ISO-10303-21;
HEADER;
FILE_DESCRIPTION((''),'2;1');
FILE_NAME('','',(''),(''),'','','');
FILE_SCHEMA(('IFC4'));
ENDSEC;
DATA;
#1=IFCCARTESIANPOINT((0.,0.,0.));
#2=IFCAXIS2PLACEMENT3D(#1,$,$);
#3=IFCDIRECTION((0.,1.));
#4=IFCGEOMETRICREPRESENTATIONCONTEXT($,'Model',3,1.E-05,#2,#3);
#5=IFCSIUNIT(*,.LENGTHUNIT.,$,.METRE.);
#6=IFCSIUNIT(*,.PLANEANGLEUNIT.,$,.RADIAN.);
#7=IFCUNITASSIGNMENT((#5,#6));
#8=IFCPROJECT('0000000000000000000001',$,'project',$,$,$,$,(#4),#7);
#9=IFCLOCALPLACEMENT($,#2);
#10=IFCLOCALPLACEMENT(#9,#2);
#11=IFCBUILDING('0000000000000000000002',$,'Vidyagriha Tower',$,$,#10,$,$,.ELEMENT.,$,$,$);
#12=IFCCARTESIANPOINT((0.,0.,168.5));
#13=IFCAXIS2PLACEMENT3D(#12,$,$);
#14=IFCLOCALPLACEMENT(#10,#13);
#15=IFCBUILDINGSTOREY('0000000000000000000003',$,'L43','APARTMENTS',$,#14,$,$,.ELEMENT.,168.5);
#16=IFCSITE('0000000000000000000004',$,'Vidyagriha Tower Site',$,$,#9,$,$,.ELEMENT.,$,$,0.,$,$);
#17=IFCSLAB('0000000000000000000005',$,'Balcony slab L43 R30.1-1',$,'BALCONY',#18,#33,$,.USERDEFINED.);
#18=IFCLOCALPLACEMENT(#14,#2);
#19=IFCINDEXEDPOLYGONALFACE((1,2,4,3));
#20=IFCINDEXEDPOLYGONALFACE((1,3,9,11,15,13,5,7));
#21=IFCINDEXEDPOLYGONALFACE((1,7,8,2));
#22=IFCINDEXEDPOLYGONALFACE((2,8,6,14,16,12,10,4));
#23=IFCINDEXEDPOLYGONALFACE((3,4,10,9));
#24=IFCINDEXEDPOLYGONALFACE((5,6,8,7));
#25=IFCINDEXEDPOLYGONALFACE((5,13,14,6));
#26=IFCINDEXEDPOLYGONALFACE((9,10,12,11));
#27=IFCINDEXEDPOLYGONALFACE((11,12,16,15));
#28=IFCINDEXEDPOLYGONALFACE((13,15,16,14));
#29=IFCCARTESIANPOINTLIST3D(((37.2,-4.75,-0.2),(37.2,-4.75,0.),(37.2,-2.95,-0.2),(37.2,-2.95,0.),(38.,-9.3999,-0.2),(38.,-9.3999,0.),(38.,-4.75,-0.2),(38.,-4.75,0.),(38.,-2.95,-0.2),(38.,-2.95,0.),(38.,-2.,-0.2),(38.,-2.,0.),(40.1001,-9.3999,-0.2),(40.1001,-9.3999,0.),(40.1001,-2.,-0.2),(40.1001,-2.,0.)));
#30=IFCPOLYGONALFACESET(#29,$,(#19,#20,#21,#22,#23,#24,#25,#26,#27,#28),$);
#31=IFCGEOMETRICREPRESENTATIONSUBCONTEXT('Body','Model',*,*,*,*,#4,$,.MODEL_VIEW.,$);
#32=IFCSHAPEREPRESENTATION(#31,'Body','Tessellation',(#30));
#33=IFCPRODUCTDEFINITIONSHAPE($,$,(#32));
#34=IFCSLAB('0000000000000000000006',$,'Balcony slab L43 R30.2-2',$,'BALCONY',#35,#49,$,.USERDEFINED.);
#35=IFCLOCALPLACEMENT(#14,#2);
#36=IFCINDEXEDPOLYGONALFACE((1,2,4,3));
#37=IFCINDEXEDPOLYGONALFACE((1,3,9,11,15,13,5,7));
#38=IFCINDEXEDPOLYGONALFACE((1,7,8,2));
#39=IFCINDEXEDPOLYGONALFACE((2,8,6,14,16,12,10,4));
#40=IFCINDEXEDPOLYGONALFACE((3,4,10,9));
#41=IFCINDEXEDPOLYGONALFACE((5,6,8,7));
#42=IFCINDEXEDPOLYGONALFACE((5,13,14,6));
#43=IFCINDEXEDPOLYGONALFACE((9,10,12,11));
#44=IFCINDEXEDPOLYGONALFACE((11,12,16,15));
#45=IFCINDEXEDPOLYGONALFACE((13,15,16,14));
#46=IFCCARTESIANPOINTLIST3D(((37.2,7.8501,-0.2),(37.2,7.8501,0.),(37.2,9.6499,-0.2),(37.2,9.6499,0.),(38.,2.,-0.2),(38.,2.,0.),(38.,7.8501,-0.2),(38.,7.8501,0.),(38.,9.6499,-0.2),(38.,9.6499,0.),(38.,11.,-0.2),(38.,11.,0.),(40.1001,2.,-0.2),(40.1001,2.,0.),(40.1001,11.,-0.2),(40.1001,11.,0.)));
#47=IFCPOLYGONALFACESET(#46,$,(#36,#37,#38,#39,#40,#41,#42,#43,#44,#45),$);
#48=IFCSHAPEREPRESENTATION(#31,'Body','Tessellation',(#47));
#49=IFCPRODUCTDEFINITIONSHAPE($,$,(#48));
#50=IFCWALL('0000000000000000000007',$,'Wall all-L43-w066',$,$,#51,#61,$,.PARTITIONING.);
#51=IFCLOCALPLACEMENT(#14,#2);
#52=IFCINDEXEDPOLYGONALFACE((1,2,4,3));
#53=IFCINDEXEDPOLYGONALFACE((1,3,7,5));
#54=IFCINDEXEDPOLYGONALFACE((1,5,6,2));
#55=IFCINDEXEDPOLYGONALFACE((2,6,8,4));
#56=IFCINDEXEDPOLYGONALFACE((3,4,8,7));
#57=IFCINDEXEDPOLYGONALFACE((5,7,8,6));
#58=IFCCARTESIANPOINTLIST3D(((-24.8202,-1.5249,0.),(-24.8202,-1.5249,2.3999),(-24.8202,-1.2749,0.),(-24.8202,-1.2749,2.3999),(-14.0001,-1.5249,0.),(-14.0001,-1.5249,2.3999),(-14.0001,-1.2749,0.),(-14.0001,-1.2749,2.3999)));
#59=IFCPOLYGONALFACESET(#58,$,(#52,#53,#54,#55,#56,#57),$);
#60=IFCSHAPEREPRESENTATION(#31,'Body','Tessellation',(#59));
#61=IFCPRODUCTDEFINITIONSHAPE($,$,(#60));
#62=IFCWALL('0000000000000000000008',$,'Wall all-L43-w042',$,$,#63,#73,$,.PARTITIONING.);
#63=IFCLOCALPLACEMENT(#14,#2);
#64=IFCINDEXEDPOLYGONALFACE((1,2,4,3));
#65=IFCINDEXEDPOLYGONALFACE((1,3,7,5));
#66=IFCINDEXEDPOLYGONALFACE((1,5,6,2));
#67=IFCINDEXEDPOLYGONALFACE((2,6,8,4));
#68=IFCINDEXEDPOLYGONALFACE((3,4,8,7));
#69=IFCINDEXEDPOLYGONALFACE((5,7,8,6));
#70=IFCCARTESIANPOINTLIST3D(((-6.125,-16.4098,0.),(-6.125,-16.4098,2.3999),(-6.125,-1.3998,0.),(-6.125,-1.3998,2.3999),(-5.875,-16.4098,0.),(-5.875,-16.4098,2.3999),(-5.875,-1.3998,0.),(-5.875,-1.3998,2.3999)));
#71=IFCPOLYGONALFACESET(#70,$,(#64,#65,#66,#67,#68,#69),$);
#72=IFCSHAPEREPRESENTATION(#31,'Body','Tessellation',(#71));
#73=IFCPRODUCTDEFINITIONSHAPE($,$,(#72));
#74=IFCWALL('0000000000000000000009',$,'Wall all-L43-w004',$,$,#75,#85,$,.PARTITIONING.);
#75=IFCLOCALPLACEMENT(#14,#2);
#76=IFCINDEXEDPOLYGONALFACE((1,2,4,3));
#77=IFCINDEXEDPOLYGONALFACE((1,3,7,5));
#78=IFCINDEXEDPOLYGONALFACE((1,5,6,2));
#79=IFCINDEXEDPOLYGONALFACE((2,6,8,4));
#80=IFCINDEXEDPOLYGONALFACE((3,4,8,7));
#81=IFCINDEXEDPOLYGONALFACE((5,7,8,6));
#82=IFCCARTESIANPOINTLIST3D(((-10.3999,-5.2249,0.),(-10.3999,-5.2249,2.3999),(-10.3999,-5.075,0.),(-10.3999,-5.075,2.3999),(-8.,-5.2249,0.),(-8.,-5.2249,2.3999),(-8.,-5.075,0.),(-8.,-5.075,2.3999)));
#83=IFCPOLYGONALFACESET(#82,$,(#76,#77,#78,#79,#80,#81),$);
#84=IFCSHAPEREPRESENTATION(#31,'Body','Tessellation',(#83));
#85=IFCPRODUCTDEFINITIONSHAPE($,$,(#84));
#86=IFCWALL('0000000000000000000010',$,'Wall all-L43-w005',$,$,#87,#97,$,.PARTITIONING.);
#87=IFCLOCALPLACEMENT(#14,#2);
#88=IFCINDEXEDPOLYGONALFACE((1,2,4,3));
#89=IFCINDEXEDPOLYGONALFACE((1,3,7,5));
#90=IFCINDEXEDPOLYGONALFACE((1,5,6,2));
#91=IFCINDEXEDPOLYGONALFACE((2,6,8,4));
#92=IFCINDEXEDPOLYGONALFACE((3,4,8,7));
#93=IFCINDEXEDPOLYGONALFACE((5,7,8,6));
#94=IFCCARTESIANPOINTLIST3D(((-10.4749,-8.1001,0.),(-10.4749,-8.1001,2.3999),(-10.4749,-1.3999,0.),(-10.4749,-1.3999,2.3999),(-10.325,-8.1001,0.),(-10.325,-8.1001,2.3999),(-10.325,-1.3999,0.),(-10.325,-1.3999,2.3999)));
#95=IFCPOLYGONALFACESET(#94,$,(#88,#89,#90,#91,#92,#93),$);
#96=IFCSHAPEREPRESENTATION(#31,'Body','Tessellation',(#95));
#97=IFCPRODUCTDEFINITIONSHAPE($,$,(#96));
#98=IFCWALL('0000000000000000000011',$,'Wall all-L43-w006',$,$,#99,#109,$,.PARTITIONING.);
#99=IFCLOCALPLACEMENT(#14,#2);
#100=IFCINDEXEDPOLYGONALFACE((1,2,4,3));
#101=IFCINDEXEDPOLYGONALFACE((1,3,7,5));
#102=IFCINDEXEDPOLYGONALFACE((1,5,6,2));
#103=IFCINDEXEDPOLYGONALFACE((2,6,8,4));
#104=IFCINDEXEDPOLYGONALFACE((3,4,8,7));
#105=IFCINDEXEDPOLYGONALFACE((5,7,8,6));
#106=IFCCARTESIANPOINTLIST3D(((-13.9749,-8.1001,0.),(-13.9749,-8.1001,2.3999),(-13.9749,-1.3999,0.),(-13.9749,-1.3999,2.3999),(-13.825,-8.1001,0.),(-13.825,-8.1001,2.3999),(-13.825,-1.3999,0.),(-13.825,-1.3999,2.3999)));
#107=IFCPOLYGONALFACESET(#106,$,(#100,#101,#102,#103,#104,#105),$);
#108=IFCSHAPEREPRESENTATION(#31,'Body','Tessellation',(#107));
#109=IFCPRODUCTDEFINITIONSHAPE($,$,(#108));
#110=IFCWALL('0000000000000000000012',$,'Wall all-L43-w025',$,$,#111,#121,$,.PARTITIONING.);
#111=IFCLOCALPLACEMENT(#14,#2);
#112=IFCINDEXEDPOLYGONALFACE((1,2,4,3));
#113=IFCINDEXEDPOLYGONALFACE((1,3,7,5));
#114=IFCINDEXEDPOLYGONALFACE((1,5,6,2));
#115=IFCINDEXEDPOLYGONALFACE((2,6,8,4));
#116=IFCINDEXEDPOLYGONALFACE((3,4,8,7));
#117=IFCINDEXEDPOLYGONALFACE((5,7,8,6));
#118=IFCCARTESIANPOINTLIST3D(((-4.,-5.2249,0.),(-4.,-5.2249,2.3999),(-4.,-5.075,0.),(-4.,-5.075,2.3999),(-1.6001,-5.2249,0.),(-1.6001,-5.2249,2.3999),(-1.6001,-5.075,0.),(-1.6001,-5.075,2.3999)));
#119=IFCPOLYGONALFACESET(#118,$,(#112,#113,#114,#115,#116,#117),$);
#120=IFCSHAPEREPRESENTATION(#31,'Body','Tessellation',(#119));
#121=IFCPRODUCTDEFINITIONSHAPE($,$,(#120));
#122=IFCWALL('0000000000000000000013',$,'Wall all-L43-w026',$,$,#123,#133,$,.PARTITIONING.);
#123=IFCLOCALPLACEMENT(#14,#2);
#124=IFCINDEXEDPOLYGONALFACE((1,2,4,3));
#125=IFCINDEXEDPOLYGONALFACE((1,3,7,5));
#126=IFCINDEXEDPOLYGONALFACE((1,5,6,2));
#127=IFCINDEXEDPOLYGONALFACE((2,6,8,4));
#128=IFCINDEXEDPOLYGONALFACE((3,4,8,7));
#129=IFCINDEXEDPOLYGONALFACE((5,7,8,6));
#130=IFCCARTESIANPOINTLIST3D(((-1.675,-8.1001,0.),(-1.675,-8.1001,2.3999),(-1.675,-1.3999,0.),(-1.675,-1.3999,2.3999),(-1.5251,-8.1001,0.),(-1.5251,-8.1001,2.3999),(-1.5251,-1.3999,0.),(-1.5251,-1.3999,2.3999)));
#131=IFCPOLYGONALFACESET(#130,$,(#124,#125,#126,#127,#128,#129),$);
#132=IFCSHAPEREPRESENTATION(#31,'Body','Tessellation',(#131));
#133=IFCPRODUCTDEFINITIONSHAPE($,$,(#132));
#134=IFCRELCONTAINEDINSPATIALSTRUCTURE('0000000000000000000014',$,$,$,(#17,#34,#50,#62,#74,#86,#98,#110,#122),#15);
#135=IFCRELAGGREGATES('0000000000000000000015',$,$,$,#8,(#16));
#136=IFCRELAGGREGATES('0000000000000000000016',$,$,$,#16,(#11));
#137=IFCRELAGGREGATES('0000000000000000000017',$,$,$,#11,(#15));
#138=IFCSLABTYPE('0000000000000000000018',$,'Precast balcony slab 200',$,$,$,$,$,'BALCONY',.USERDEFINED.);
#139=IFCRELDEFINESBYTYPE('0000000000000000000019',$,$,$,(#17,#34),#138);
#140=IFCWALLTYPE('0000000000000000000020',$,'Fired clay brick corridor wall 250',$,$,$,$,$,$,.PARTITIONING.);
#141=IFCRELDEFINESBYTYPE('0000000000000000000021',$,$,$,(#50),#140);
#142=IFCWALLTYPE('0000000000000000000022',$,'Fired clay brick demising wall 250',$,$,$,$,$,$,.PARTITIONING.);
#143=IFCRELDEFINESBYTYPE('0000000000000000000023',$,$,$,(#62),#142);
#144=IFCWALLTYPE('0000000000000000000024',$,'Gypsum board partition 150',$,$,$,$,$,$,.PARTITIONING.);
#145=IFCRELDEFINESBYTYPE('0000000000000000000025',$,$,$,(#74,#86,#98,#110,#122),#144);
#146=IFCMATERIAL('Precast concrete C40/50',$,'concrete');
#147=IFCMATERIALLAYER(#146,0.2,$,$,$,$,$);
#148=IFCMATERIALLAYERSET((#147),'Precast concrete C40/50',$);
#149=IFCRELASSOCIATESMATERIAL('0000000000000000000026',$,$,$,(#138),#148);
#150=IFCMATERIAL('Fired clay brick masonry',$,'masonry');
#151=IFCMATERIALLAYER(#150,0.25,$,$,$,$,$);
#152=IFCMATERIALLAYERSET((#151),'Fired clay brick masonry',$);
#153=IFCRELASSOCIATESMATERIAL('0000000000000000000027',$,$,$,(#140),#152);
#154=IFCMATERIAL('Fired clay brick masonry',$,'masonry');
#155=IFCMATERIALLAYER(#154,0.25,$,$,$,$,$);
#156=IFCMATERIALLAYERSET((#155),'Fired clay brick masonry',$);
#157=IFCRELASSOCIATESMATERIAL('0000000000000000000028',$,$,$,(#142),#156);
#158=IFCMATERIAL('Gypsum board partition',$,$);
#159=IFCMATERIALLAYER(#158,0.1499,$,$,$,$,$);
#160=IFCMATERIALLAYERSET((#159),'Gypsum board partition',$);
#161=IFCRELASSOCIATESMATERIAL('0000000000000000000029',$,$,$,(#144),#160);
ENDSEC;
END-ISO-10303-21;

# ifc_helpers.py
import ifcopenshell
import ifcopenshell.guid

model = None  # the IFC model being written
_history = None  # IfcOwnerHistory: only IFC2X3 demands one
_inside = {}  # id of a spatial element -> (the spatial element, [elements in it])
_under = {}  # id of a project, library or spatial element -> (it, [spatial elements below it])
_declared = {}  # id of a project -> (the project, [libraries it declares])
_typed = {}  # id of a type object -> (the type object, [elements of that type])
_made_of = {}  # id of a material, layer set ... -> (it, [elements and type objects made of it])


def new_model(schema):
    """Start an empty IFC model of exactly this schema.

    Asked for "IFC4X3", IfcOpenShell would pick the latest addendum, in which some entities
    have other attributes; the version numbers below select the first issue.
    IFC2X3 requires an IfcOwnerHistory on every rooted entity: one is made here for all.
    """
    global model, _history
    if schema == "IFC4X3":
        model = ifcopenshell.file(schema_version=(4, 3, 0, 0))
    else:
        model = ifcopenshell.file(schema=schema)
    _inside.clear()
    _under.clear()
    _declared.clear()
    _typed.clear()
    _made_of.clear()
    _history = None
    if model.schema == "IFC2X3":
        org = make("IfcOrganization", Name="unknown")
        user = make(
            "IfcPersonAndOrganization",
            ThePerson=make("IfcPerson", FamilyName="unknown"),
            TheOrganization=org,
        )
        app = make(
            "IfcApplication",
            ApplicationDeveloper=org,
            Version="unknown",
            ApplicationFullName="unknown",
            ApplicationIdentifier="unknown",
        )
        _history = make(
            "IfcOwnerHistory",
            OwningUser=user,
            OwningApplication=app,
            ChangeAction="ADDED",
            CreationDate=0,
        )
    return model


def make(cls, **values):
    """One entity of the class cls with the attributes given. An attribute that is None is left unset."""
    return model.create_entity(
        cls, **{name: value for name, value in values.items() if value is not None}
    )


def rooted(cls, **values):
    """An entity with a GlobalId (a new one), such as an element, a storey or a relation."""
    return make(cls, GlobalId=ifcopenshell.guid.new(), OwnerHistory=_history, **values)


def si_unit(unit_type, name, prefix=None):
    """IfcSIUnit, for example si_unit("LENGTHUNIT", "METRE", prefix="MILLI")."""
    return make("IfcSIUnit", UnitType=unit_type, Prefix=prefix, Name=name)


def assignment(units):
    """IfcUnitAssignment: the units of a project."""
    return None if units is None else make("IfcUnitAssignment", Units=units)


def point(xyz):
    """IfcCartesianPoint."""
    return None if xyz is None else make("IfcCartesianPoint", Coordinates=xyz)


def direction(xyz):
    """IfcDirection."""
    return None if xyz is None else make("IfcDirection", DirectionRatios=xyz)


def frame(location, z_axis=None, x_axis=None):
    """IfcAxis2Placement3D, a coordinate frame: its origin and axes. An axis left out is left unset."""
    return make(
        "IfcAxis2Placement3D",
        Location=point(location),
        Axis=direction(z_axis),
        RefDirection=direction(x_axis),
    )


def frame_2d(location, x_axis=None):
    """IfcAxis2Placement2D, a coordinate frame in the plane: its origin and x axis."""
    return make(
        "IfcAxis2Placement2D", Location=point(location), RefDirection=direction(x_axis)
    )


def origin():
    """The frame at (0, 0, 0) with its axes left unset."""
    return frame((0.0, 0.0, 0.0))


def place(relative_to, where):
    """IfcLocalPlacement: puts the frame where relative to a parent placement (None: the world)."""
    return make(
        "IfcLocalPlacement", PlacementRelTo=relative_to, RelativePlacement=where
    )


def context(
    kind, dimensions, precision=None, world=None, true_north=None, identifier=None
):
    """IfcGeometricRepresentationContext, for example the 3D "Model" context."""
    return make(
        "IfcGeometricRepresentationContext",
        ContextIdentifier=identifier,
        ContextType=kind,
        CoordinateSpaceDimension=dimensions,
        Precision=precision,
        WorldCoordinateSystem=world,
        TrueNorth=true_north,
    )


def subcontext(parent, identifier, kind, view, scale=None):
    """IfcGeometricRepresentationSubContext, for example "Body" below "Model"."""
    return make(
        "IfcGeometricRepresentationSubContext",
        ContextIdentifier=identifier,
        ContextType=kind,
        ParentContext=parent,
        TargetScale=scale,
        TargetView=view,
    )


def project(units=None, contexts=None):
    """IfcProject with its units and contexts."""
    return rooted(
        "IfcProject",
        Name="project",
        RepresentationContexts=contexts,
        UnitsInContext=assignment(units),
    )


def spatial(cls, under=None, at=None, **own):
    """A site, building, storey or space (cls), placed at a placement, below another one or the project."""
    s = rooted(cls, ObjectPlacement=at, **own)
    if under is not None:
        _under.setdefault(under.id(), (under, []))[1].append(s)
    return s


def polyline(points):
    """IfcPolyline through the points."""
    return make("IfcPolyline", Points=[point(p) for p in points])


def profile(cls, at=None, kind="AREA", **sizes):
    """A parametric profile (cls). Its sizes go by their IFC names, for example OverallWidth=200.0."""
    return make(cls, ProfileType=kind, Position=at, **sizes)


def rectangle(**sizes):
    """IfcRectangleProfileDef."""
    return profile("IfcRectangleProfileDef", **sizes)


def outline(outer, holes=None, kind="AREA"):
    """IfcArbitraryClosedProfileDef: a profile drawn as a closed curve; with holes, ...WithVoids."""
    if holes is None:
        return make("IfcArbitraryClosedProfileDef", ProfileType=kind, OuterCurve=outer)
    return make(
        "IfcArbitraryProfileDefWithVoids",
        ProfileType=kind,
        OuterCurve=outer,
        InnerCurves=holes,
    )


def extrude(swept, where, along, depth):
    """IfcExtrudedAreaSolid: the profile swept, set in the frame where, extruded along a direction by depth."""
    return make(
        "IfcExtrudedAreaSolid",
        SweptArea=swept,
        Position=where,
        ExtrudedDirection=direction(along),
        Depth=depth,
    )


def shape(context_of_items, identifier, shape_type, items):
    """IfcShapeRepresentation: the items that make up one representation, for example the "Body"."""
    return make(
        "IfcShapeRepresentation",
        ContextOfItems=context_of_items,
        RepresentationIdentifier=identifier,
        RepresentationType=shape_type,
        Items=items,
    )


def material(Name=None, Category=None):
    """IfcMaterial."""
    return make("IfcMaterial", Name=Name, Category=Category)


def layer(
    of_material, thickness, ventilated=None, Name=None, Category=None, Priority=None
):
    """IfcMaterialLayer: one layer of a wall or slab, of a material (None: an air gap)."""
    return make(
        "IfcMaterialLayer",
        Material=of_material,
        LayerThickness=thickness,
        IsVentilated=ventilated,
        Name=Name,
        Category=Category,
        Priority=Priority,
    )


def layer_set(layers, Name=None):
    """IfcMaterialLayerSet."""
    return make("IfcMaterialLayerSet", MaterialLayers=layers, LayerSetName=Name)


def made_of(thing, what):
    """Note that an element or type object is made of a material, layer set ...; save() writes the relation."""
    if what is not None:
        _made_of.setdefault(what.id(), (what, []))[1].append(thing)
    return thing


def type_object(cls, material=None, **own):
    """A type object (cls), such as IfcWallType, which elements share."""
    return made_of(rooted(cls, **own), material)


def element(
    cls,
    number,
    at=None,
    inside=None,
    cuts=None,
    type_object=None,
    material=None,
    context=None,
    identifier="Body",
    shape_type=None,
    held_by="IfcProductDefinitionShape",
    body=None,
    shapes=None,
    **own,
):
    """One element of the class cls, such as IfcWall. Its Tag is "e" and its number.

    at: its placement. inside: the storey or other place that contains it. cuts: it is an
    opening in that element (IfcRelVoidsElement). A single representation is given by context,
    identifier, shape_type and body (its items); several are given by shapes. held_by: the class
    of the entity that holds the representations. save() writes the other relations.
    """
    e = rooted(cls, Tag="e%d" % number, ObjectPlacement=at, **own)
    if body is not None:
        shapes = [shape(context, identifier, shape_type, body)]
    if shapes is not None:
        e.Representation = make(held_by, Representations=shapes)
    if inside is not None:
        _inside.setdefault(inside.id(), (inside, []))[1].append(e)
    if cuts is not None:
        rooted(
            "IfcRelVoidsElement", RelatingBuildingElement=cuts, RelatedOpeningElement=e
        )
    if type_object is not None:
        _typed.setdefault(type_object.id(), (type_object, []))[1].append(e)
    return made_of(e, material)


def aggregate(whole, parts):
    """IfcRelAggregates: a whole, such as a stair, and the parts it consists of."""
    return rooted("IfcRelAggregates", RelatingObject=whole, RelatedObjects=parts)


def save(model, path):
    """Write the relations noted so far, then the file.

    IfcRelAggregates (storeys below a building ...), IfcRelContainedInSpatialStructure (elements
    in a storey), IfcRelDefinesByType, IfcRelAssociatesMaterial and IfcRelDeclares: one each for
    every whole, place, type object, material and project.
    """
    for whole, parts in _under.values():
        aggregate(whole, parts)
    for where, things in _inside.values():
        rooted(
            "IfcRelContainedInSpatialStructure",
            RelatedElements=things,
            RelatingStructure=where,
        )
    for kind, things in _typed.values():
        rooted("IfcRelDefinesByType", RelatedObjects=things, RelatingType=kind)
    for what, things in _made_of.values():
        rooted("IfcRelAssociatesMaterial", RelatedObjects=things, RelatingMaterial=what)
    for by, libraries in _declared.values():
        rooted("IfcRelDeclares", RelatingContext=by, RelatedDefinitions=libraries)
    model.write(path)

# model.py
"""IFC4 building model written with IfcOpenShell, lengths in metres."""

from ifc_helpers import new_model, si_unit, direction, frame, frame_2d, origin, place, context, subcontext, project, spatial, polyline, rectangle, outline, extrude, material, layer, layer_set, type_object, element, save


model = new_model("IFC4")

# Units and contexts
model_context = context("Model", 3, precision=1e-05, world=origin(), true_north=direction((0.0, 1.0)))
body_context = subcontext(model_context, "Body", "Model", "MODEL_VIEW")
ifc_project = project(units=[si_unit("LENGTHUNIT", "METRE"), si_unit("PLANEANGLEUNIT", "RADIAN")], contexts=[model_context])

# Site, building, storey
site_placement = place(None, origin())
site = spatial("IfcSite", under=ifc_project, at=site_placement, Name="Vidyagriha Tower Site", CompositionType="ELEMENT", RefElevation=0.0)
building_placement = place(site_placement, origin())
building = spatial("IfcBuilding", under=site, at=building_placement, Name="Vidyagriha Tower", CompositionType="ELEMENT")
storey_placement = place(building_placement, frame((0.0, 0.0, 168.5)))
storey = spatial("IfcBuildingStorey", under=building, at=storey_placement, Name="L43", Description="APARTMENTS", CompositionType="ELEMENT", Elevation=168.5)

# Slabs
ifc_material_1 = material(Name="Precast concrete C40/50", Category="concrete")
ifc_layer_1 = layer(ifc_material_1, 0.2)
ifc_layer_set_1 = layer_set([ifc_layer_1], Name="Precast concrete C40/50")
slab_type_1 = type_object("IfcSlabType", Name="Precast balcony slab 200", ElementType="BALCONY", PredefinedType="USERDEFINED", material=ifc_layer_set_1)
slab_1_placement = place(storey_placement, frame((0.0, 0.0, -0.2)))
element("IfcSlab", 1, at=slab_1_placement, inside=storey, type_object=slab_type_1, Name="Balcony slab L43 R30.1-1", ObjectType="BALCONY", PredefinedType="USERDEFINED", context=body_context, shape_type="SweptSolid", body=[
    extrude(outline(polyline([(38.0, -4.75), (38.0, -9.3999), (40.1001, -9.3999), (40.1001, -2.0), (38.0, -2.0), (38.0, -2.95), (37.2, -2.95), (37.2, -4.75), (38.0, -4.75)])), origin(), (0.0, 0.0, 1.0), 0.2),
])
slab_2_placement = place(storey_placement, frame((0.0, 0.0, -0.2)))
element("IfcSlab", 2, at=slab_2_placement, inside=storey, type_object=slab_type_1, Name="Balcony slab L43 R30.2-2", ObjectType="BALCONY", PredefinedType="USERDEFINED", context=body_context, shape_type="SweptSolid", body=[
    extrude(outline(polyline([(38.0, 7.8501), (38.0, 2.0), (40.1001, 2.0), (40.1001, 11.0), (38.0, 11.0), (38.0, 9.6499), (37.2, 9.6499), (37.2, 7.8501), (38.0, 7.8501)])), origin(), (0.0, 0.0, 1.0), 0.2),
])

# Walls
ifc_material_2 = material(Name="Fired clay brick masonry", Category="masonry")
ifc_layer_2 = layer(ifc_material_2, 0.25)
ifc_layer_set_2 = layer_set([ifc_layer_2], Name="Fired clay brick masonry")
wall_type_1 = type_object("IfcWallType", Name="Fired clay brick corridor wall 250", PredefinedType="PARTITIONING", material=ifc_layer_set_2)
wall_1_placement = place(storey_placement, frame((-14.0, -1.3999, 0.0), z_axis=(0.0, 0.0, 1.0), x_axis=(-1.0, 0.0, 0.0)))
element("IfcWall", 3, at=wall_1_placement, inside=storey, type_object=wall_type_1, Name="Wall all-L43-w066", PredefinedType="PARTITIONING", context=body_context, shape_type="SweptSolid", body=[
    extrude(rectangle(XDim=10.8201, YDim=0.25, at=frame_2d((5.4102, 0.0))), origin(), (0.0, 0.0, 1.0), 2.3999),
])
ifc_material_3 = material(Name="Fired clay brick masonry", Category="masonry")
ifc_layer_3 = layer(ifc_material_3, 0.25)
ifc_layer_set_3 = layer_set([ifc_layer_3], Name="Fired clay brick masonry")
wall_type_2 = type_object("IfcWallType", Name="Fired clay brick demising wall 250", PredefinedType="PARTITIONING", material=ifc_layer_set_3)
wall_2_placement = place(storey_placement, frame((-6.0, -1.3999, 0.0), z_axis=(0.0, 0.0, 1.0), x_axis=(0.0, -1.0, 0.0)))
element("IfcWall", 4, at=wall_2_placement, inside=storey, type_object=wall_type_2, Name="Wall all-L43-w042", PredefinedType="PARTITIONING", context=body_context, shape_type="SweptSolid", body=[
    extrude(rectangle(XDim=15.01, YDim=0.25, at=frame_2d((7.5049, 0.0))), origin(), (0.0, 0.0, 1.0), 2.3999),
])
ifc_material_4 = material(Name="Gypsum board partition")
ifc_layer_4 = layer(ifc_material_4, 0.1499)
ifc_layer_set_4 = layer_set([ifc_layer_4], Name="Gypsum board partition")
wall_type_3 = type_object("IfcWallType", Name="Gypsum board partition 150", PredefinedType="PARTITIONING", material=ifc_layer_set_4)
wall_3_placement = place(storey_placement, frame((-8.0, -5.1499, 0.0), z_axis=(0.0, 0.0, 1.0), x_axis=(-1.0, 0.0, 0.0)))
element("IfcWall", 5, at=wall_3_placement, inside=storey, type_object=wall_type_3, Name="Wall all-L43-w004", PredefinedType="PARTITIONING", context=body_context, shape_type="SweptSolid", body=[
    extrude(rectangle(XDim=2.3999, YDim=0.1499, at=frame_2d((1.2, 0.0))), origin(), (0.0, 0.0, 1.0), 2.3999),
])
for number, where, z_axis, x_axis, name in (
    (6, (-10.3999, -8.1001, 0.0), (0.0, 0.0, 1.0), (0.0, 1.0, 0.0), "Wall all-L43-w005"),
    (7, (-13.8999, -8.1001, 0.0), (0.0, 0.0, 1.0), (0.0, 1.0, 0.0), "Wall all-L43-w006"),
):
    element("IfcWall", number, at=place(storey_placement, frame(where, z_axis=z_axis, x_axis=x_axis)), inside=storey, type_object=wall_type_3, Name=name, PredefinedType="PARTITIONING", context=body_context, shape_type="SweptSolid", body=[
        extrude(rectangle(XDim=6.7002, YDim=0.1499, at=frame_2d((3.3501, 0.0))), origin(), (0.0, 0.0, 1.0), 2.3999),
    ])
wall_4_placement = place(storey_placement, frame((-1.6001, -5.1499, 0.0), z_axis=(0.0, 0.0, 1.0), x_axis=(-1.0, 0.0, 0.0)))
element("IfcWall", 8, at=wall_4_placement, inside=storey, type_object=wall_type_3, Name="Wall all-L43-w025", PredefinedType="PARTITIONING", context=body_context, shape_type="SweptSolid", body=[
    extrude(rectangle(XDim=2.3999, YDim=0.1499, at=frame_2d((1.2, 0.0))), origin(), (0.0, 0.0, 1.0), 2.3999),
])
wall_5_placement = place(storey_placement, frame((-1.6001, -1.3999, 0.0), z_axis=(0.0, 0.0, 1.0), x_axis=(0.0, -1.0, 0.0)))
element("IfcWall", 9, at=wall_5_placement, inside=storey, type_object=wall_type_3, Name="Wall all-L43-w026", PredefinedType="PARTITIONING", context=body_context, shape_type="SweptSolid", body=[
    extrude(rectangle(XDim=6.7002, YDim=0.1499, at=frame_2d((3.3501, 0.0))), origin(), (0.0, 0.0, 1.0), 2.3999),
])

save(model, "model.ifc")
